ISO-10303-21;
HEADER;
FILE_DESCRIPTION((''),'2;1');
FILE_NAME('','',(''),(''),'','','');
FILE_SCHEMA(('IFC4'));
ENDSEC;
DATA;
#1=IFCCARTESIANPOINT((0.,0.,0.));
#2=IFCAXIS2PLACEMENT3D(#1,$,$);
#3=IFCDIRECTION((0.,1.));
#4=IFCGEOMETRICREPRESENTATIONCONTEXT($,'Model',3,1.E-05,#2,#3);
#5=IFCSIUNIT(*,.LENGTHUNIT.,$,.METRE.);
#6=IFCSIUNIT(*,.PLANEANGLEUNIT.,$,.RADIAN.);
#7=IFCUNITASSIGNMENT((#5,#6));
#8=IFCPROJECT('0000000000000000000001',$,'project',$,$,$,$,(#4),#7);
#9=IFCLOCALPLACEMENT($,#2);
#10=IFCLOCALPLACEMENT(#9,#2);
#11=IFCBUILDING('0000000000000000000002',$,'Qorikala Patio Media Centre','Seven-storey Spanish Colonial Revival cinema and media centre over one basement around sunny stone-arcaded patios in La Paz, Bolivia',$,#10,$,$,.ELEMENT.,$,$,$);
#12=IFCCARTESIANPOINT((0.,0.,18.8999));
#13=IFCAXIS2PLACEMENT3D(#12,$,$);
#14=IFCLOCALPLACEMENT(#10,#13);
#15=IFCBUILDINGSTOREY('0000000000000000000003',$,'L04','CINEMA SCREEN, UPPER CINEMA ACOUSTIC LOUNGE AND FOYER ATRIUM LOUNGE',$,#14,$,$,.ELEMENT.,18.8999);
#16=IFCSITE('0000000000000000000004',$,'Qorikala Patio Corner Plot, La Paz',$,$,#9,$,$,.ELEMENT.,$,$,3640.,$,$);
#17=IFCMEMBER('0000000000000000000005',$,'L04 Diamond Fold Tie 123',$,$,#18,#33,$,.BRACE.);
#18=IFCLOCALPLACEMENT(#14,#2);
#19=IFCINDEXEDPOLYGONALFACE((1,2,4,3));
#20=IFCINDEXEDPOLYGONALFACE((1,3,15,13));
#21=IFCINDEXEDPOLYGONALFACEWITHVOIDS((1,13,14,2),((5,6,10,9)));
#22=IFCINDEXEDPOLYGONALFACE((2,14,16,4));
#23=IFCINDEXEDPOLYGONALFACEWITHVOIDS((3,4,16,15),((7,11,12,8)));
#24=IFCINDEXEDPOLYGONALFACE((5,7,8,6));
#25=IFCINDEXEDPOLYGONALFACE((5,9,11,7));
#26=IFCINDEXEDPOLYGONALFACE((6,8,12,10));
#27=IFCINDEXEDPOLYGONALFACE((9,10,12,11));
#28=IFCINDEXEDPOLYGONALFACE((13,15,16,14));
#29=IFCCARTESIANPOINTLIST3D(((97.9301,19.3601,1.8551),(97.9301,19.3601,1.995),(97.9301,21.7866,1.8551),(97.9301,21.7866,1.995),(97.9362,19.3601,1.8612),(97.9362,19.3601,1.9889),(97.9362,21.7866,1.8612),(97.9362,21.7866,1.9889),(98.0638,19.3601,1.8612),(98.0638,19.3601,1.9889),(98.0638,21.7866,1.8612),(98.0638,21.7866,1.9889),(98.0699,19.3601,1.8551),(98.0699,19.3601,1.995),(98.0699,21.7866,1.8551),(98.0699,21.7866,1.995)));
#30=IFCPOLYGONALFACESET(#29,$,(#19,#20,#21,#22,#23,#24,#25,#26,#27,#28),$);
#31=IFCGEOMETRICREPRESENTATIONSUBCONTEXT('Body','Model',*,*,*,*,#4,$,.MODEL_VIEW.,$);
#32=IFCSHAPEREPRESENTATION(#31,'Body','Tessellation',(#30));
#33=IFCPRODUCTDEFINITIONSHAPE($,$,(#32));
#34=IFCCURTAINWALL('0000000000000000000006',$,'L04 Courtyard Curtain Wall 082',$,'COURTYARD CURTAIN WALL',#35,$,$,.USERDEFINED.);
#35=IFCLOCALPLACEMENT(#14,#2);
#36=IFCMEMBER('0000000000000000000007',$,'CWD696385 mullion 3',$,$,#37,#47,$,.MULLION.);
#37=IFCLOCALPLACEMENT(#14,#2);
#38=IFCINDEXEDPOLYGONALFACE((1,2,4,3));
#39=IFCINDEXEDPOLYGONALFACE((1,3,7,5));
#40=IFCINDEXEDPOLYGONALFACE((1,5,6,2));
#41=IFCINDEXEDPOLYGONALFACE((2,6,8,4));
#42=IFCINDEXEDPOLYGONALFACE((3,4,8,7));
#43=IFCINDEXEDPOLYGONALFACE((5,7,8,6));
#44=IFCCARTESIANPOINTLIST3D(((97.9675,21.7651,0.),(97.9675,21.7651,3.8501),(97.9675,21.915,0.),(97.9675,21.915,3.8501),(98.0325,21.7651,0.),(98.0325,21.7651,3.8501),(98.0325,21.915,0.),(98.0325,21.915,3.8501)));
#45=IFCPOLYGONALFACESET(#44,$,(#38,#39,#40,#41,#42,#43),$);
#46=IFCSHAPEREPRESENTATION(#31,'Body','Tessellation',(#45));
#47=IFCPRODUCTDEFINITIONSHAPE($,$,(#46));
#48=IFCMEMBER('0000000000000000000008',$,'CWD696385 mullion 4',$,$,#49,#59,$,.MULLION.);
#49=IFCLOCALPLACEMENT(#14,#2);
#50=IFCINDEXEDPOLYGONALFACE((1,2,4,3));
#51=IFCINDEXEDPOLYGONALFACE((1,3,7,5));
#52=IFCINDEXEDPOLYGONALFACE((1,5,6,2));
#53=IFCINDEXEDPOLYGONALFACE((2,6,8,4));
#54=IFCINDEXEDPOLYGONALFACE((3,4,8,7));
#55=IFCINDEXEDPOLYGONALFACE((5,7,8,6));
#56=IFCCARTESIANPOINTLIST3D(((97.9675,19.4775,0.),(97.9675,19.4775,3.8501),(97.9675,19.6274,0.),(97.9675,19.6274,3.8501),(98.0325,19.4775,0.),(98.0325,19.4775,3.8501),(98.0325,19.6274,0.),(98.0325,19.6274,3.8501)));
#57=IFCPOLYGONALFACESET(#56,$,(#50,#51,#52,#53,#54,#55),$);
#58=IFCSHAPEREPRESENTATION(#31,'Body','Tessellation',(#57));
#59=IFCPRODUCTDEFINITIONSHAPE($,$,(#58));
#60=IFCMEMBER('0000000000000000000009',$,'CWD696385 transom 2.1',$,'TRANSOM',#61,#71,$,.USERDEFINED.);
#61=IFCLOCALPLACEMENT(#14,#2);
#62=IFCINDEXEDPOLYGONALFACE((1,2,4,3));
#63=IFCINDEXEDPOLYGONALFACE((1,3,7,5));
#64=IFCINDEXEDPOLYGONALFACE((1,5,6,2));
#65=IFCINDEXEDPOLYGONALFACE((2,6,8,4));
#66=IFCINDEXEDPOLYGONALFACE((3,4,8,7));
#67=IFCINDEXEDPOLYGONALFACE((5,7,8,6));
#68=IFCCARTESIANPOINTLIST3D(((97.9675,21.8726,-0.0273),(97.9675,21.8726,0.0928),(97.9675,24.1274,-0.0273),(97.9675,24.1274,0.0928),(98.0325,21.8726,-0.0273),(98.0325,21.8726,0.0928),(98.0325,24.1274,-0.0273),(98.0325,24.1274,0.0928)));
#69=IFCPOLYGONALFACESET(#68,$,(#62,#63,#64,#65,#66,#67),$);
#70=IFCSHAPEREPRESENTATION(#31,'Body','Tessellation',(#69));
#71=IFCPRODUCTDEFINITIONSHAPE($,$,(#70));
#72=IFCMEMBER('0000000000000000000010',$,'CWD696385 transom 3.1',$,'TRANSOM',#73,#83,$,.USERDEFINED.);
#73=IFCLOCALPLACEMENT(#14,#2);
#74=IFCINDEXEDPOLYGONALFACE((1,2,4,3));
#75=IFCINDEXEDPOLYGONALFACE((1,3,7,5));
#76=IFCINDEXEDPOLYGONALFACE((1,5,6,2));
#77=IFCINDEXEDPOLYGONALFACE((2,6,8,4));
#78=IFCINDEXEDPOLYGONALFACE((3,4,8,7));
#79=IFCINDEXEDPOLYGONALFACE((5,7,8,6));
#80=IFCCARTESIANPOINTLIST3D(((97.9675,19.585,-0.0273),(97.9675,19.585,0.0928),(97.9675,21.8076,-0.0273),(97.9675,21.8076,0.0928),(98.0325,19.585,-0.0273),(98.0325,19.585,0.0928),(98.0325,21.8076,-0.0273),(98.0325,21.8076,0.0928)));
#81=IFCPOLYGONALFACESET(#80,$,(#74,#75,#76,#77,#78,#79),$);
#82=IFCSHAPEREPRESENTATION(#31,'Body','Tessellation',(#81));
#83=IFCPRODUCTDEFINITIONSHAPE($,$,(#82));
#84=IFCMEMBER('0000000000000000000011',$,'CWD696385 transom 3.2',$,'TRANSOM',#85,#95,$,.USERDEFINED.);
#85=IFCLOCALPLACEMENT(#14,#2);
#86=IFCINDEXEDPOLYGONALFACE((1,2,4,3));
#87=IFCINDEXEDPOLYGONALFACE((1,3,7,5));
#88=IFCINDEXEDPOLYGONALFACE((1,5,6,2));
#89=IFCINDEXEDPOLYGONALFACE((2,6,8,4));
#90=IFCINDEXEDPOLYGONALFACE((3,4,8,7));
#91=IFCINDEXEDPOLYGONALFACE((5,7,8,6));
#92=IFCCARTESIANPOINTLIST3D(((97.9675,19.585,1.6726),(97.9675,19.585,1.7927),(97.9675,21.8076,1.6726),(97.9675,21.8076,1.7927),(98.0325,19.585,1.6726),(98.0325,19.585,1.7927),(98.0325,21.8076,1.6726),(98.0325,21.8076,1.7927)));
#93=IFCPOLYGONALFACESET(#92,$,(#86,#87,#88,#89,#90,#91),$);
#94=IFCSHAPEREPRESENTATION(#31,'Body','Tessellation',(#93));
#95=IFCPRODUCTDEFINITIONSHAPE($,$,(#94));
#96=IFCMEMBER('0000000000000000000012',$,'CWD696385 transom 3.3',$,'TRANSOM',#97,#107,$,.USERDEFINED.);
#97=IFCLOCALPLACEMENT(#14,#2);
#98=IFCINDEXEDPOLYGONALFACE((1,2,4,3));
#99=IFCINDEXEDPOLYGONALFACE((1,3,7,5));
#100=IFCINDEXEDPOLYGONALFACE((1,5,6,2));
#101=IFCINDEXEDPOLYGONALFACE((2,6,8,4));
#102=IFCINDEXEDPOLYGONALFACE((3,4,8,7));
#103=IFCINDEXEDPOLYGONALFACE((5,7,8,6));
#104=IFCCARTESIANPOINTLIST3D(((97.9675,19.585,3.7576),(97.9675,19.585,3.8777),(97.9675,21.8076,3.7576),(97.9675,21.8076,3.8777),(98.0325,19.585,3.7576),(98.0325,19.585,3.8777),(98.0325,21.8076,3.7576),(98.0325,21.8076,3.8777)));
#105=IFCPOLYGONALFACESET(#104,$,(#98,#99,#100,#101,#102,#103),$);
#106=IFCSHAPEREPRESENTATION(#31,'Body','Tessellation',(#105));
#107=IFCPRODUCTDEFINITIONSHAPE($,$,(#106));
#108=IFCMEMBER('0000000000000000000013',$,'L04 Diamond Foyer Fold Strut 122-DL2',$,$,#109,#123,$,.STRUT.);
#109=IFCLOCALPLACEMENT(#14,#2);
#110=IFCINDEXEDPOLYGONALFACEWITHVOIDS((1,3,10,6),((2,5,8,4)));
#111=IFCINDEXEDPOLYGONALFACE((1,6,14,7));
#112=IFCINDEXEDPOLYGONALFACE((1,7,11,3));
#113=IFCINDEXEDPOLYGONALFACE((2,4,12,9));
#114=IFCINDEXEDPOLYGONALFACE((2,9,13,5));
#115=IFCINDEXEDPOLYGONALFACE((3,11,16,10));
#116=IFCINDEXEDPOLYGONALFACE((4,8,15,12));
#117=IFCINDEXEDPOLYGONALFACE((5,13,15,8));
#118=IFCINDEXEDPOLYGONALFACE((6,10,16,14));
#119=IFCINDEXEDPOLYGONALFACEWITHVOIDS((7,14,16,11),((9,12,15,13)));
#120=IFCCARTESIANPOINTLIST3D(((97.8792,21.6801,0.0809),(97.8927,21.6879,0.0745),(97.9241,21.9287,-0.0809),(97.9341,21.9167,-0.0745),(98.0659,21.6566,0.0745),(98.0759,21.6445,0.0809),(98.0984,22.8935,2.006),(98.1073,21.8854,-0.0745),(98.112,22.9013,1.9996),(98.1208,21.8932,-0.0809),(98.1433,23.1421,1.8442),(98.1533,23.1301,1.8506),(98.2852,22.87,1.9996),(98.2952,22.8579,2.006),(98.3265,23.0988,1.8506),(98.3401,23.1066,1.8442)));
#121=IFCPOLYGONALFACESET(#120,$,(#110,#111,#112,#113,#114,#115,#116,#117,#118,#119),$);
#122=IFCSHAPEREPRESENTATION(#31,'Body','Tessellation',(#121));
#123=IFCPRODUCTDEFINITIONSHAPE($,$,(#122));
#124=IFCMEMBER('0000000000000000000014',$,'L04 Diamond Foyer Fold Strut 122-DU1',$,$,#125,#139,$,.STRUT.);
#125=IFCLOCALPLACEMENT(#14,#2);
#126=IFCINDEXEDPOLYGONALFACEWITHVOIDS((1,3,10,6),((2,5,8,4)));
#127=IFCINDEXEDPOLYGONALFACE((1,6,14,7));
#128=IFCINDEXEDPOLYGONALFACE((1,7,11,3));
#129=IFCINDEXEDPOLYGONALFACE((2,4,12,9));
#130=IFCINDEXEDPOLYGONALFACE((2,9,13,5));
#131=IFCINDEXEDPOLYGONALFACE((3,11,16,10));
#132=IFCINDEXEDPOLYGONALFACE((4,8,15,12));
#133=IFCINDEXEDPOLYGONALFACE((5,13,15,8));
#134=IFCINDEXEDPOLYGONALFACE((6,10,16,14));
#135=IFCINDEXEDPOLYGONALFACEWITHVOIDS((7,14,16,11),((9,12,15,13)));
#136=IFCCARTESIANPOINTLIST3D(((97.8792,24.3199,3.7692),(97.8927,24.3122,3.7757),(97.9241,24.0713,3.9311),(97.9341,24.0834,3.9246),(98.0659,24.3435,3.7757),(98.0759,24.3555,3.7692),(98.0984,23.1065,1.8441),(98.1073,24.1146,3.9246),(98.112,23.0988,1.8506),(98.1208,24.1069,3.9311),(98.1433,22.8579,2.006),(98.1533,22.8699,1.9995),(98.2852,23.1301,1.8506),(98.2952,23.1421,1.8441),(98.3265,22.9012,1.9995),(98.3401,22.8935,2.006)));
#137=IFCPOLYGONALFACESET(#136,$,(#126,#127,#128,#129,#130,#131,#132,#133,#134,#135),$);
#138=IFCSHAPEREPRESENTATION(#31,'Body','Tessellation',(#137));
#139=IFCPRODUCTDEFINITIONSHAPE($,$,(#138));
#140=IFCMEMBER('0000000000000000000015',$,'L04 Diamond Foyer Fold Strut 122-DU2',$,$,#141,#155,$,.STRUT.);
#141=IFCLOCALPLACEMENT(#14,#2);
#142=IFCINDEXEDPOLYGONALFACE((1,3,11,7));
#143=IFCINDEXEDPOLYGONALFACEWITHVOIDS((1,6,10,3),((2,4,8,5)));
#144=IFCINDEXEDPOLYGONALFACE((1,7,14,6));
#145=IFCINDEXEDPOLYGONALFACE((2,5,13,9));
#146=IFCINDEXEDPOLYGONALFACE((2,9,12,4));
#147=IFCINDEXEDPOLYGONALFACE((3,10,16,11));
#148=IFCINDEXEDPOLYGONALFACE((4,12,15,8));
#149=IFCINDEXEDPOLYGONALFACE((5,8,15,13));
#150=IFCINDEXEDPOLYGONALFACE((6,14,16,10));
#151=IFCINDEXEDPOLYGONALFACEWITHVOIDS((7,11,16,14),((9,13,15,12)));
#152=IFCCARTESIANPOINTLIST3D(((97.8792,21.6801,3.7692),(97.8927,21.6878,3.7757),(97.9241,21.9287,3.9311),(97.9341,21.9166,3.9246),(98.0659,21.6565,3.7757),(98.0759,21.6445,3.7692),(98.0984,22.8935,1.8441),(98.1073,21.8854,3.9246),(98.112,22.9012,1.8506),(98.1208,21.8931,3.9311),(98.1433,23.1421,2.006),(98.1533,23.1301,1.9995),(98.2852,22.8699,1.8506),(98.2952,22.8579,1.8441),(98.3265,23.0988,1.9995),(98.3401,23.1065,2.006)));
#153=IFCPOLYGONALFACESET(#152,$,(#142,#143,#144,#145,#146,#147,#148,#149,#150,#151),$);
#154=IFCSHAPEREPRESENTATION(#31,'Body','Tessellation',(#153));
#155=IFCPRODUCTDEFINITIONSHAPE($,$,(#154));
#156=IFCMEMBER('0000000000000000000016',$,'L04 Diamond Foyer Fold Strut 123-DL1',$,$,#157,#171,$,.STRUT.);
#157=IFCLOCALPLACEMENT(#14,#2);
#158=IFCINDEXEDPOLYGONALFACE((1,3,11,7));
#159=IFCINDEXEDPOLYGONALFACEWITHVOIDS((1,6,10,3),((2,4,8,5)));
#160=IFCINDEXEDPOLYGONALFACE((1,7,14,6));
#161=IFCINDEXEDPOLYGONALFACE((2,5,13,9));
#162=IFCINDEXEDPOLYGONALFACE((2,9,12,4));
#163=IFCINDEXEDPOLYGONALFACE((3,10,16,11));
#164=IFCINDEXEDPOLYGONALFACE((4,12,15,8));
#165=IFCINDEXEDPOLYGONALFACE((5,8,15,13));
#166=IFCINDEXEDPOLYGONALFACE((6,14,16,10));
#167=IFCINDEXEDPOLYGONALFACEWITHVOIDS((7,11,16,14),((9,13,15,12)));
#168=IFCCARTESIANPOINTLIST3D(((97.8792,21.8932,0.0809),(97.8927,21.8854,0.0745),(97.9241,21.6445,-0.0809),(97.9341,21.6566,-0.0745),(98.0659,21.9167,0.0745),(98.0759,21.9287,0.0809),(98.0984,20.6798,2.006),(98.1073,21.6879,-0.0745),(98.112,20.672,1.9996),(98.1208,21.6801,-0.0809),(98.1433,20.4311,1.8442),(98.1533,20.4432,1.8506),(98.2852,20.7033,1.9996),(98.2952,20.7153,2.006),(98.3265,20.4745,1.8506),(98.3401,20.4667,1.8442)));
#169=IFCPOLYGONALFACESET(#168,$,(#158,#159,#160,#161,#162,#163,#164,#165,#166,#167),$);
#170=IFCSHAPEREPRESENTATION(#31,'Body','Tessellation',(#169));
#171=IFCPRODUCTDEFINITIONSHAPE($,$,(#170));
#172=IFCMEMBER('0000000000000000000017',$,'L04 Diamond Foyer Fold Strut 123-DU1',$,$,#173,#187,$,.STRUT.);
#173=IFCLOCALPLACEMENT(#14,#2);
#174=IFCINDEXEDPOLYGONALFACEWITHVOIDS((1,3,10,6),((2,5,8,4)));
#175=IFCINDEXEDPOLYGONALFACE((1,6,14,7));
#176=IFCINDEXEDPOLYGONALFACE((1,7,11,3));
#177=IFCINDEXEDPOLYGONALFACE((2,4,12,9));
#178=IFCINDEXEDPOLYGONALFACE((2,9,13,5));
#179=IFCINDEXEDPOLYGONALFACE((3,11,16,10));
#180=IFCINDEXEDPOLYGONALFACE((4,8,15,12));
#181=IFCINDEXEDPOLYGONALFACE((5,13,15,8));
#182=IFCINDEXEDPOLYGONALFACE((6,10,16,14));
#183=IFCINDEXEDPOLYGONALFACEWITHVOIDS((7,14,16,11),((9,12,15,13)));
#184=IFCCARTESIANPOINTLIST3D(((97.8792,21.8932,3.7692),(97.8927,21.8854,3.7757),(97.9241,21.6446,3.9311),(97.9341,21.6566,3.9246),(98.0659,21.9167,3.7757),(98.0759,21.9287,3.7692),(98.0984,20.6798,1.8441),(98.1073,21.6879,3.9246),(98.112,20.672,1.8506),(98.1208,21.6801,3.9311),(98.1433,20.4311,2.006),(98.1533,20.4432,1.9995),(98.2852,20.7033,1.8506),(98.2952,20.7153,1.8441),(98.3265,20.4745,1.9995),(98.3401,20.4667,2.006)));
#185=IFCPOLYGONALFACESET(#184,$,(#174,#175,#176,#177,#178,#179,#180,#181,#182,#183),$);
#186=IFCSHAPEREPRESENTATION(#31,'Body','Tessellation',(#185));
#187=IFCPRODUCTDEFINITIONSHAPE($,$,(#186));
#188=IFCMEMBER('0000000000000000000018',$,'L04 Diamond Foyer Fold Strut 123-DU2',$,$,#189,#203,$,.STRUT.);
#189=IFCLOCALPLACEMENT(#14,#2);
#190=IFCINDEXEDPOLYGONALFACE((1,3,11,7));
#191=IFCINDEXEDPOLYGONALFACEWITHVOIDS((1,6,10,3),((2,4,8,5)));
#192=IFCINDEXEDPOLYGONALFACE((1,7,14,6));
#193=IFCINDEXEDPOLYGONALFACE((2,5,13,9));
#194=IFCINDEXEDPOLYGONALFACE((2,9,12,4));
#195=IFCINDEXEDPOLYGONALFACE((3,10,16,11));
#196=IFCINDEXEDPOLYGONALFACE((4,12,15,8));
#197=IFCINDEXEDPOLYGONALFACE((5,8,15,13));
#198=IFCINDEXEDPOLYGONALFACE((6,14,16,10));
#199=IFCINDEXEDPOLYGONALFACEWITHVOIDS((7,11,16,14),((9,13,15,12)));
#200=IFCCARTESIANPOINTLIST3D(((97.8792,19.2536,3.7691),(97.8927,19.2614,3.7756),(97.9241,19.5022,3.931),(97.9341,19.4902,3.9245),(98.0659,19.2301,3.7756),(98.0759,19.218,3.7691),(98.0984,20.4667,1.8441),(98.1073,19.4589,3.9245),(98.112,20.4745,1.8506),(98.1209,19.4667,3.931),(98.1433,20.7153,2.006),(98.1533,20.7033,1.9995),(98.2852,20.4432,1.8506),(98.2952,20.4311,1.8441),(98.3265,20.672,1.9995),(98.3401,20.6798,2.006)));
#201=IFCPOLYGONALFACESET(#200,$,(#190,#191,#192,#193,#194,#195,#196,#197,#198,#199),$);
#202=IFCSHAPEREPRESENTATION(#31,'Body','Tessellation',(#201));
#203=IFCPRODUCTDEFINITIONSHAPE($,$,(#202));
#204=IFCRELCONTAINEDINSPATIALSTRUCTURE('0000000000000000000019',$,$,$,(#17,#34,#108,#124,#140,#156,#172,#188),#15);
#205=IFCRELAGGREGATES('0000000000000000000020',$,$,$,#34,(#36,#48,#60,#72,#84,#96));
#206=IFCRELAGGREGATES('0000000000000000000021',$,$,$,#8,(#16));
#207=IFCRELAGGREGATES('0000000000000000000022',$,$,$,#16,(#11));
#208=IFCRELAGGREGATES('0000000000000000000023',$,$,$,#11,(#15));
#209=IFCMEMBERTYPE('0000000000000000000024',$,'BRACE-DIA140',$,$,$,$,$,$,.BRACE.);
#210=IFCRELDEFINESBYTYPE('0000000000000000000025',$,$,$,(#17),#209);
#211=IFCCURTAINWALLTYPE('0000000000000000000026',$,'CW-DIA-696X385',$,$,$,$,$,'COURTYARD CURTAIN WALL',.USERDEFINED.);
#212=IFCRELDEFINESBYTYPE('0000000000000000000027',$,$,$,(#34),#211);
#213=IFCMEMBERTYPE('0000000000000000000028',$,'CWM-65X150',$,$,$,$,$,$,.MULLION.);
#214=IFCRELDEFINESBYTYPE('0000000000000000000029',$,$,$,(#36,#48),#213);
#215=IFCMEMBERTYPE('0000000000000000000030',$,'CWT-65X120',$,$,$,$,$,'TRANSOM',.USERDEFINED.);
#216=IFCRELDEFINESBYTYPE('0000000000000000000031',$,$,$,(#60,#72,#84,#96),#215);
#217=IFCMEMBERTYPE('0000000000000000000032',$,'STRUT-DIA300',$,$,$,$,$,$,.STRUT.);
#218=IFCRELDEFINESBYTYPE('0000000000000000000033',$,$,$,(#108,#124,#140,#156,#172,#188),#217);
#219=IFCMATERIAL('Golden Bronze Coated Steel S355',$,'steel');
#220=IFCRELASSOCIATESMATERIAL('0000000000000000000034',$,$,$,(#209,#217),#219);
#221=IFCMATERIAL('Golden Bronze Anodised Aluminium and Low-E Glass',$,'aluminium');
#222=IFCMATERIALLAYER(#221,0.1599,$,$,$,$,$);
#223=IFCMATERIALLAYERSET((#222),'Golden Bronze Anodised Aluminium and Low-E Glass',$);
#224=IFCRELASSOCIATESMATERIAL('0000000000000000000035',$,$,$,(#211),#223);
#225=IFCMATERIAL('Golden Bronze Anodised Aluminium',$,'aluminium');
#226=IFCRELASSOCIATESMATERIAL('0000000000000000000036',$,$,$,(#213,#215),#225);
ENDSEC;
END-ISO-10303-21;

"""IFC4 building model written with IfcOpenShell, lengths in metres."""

from ifc_helpers import new_model, si_unit, direction, frame, origin, origin_2d, place, context, subcontext, project, spatial, rectangle, hollow_rectangle, extrude, material, layer, layer_set, material_profile, profile_set, type_object, element, aggregate, save


model = new_model("IFC4")

# Units and contexts
model_context = context("Model", 3, precision=1e-05, world=origin(), true_north=direction((0.0, 1.0)))
body_context = subcontext(model_context, "Body", "Model", "MODEL_VIEW")
ifc_project = project(units=[si_unit("LENGTHUNIT", "METRE"), si_unit("PLANEANGLEUNIT", "RADIAN")], contexts=[model_context])

# Site, building, storey
site_placement = place(None, origin())
site = spatial("IfcSite", under=ifc_project, at=site_placement, Name="Qorikala Patio Corner Plot, La Paz", CompositionType="ELEMENT", RefElevation=3640.0)
building_placement = place(site_placement, origin())
building = spatial("IfcBuilding", under=site, at=building_placement, Name="Qorikala Patio Media Centre", Description="Seven-storey Spanish Colonial Revival cinema and media centre over one basement around sunny stone-arcaded patios in La Paz, Bolivia", CompositionType="ELEMENT")
storey_placement = place(building_placement, frame((0.0, 0.0, 18.8999)))
storey = spatial("IfcBuildingStorey", under=building, at=storey_placement, Name="L04", Description="CINEMA SCREEN, UPPER CINEMA ACOUSTIC LOUNGE AND FOYER ATRIUM LOUNGE", CompositionType="ELEMENT", Elevation=18.8999)

# Member
ifc_material_1 = material(Name="Golden Bronze Coated Steel S355", Category="steel")
ifc_material_profile_1 = material_profile(ifc_material_1, hollow_rectangle(XDim=0.1399, YDim=0.1399, WallThickness=0.0061, at=origin_2d()), Name="HSS140X140X6")
ifc_profile_set_1 = profile_set([ifc_material_profile_1], Name="Golden Bronze Coated Steel S355")
member_type_1 = type_object("IfcMemberType", Name="BRACE-DIA140", PredefinedType="BRACE", material=ifc_profile_set_1)
member_1_placement = place(storey_placement, frame((98.0, 21.7866, 1.925), z_axis=(0.0, -1.0, 0.0), x_axis=(1.0, 0.0, 0.0)))
element("IfcMember", 1, at=member_1_placement, inside=storey, type_object=member_type_1, Name="L04 Diamond Fold Tie 123", PredefinedType="BRACE", context=body_context, shape_type="SweptSolid", body=[
    extrude(hollow_rectangle(XDim=0.1399, YDim=0.1399, WallThickness=0.0061, at=origin_2d()), origin(), (0.0, 0.0, 1.0), 2.4265),
])

# Curtain wall, members
ifc_material_2 = material(Name="Golden Bronze Anodised Aluminium and Low-E Glass", Category="aluminium")
ifc_layer_1 = layer(ifc_material_2, 0.1599)
ifc_layer_set_1 = layer_set([ifc_layer_1], Name="Golden Bronze Anodised Aluminium and Low-E Glass")
curtain_wall_type = type_object("IfcCurtainWallType", Name="CW-DIA-696X385", ElementType="COURTYARD CURTAIN WALL", PredefinedType="USERDEFINED", material=ifc_layer_set_1)
curtain_wall_placement = place(storey_placement, origin())
curtain_wall = element("IfcCurtainWall", 2, at=curtain_wall_placement, inside=storey, type_object=curtain_wall_type, Name="L04 Courtyard Curtain Wall 082", ObjectType="COURTYARD CURTAIN WALL", PredefinedType="USERDEFINED")
ifc_material_3 = material(Name="Golden Bronze Anodised Aluminium", Category="aluminium")
ifc_material_profile_2 = material_profile(ifc_material_3, rectangle(XDim=0.0649, YDim=0.1499, at=origin_2d()), Name="ALU MULLION 65x150")
ifc_profile_set_2 = profile_set([ifc_material_profile_2], Name="Golden Bronze Anodised Aluminium")
member_type_2 = type_object("IfcMemberType", Name="CWM-65X150", PredefinedType="MULLION", material=ifc_profile_set_2)
member_2_placement = place(storey_placement, frame((98.0, 21.8401, 0.0), z_axis=(0.0, 0.0, 1.0), x_axis=(1.0, 0.0, 0.0)))
member_2 = element("IfcMember", 3, at=member_2_placement, type_object=member_type_2, Name="CWD696385 mullion 3", PredefinedType="MULLION", context=body_context, shape_type="SweptSolid", body=[
    extrude(rectangle(XDim=0.0649, YDim=0.1499, at=origin_2d()), origin(), (0.0, 0.0, 1.0), 3.8501),
])
member_3_placement = place(storey_placement, frame((98.0, 19.5525, 0.0), z_axis=(0.0, 0.0, 1.0), x_axis=(1.0, 0.0, 0.0)))
member_3 = element("IfcMember", 4, at=member_3_placement, type_object=member_type_2, Name="CWD696385 mullion 4", PredefinedType="MULLION", context=body_context, shape_type="SweptSolid", body=[
    extrude(rectangle(XDim=0.0649, YDim=0.1499, at=origin_2d()), origin(), (0.0, 0.0, 1.0), 3.8501),
])
ifc_material_profile_3 = material_profile(ifc_material_3, rectangle(XDim=0.0649, YDim=0.1201, at=origin_2d()), Name="ALU TRANSOM 65x120")
ifc_profile_set_3 = profile_set([ifc_material_profile_3], Name="Golden Bronze Anodised Aluminium")
member_type_3 = type_object("IfcMemberType", Name="CWT-65X120", ElementType="TRANSOM", PredefinedType="USERDEFINED", material=ifc_profile_set_3)
member_4_placement = place(storey_placement, frame((98.0, 24.1274, 0.0327), z_axis=(0.0, -1.0, 0.0), x_axis=(1.0, 0.0, 0.0)))
member_4 = element("IfcMember", 5, at=member_4_placement, type_object=member_type_3, Name="CWD696385 transom 2.1", ObjectType="TRANSOM", PredefinedType="USERDEFINED", context=body_context, shape_type="SweptSolid", body=[
    extrude(rectangle(XDim=0.0649, YDim=0.1201, at=origin_2d()), origin(), (0.0, 0.0, 1.0), 2.2549),
])
member_5_placement = place(storey_placement, frame((98.0, 21.8076, 0.0327), z_axis=(0.0, -1.0, 0.0), x_axis=(1.0, 0.0, 0.0)))
member_5 = element("IfcMember", 6, at=member_5_placement, type_object=member_type_3, Name="CWD696385 transom 3.1", ObjectType="TRANSOM", PredefinedType="USERDEFINED", context=body_context, shape_type="SweptSolid", body=[
    extrude(rectangle(XDim=0.0649, YDim=0.1201, at=origin_2d()), origin(), (0.0, 0.0, 1.0), 2.2227),
])
member_6_placement = place(storey_placement, frame((98.0, 21.8076, 1.7327), z_axis=(0.0, -1.0, 0.0), x_axis=(1.0, 0.0, 0.0)))
member_6 = element("IfcMember", 7, at=member_6_placement, type_object=member_type_3, Name="CWD696385 transom 3.2", ObjectType="TRANSOM", PredefinedType="USERDEFINED", context=body_context, shape_type="SweptSolid", body=[
    extrude(rectangle(XDim=0.0649, YDim=0.1201, at=origin_2d()), origin(), (0.0, 0.0, 1.0), 2.2227),
])
member_7_placement = place(storey_placement, frame((98.0, 21.8076, 3.8176), z_axis=(0.0, -1.0, 0.0), x_axis=(1.0, 0.0, 0.0)))
member_7 = element("IfcMember", 8, at=member_7_placement, type_object=member_type_3, Name="CWD696385 transom 3.3", ObjectType="TRANSOM", PredefinedType="USERDEFINED", context=body_context, shape_type="SweptSolid", body=[
    extrude(rectangle(XDim=0.0649, YDim=0.1201, at=origin_2d()), origin(), (0.0, 0.0, 1.0), 2.2227),
])

# Members
ifc_material_profile_4 = material_profile(ifc_material_1, hollow_rectangle(XDim=0.2, YDim=0.3, WallThickness=0.012, at=origin_2d()), Name="HSS300X200X12")
ifc_profile_set_4 = profile_set([ifc_material_profile_4], Name="Golden Bronze Coated Steel S355")
member_type_4 = type_object("IfcMemberType", Name="STRUT-DIA300", PredefinedType="STRUT", material=ifc_profile_set_4)
for number, where, z_axis, x_axis, name in (
    (9, (98.0, 21.7866, 0.0), (0.095901, 0.530768, 0.842074), (-0.984066, 0.177805, 0.0), "L04 Diamond Foyer Fold Strut 122-DL2"),
    (10, (98.2192, 23.0, 1.925), (-0.095901, 0.530768, 0.842074), (-0.984066, -0.177805, 0.0), "L04 Diamond Foyer Fold Strut 122-DU1"),
    (11, (98.2192, 23.0, 1.925), (-0.095901, -0.530768, 0.842074), (0.984066, -0.177805, 0.0), "L04 Diamond Foyer Fold Strut 122-DU2"),
    (12, (98.0, 21.7866, 0.0), (0.095901, -0.530768, 0.842074), (0.984066, 0.177805, 0.0), "L04 Diamond Foyer Fold Strut 123-DL1"),
    (13, (98.2192, 20.5732, 1.925), (-0.095901, 0.530768, 0.842074), (-0.984066, -0.177805, 0.0), "L04 Diamond Foyer Fold Strut 123-DU1"),
):
    element("IfcMember", number, at=place(storey_placement, frame(where, z_axis=z_axis, x_axis=x_axis)), inside=storey, type_object=member_type_4, Name=name, PredefinedType="STRUT", context=body_context, shape_type="SweptSolid", body=[
        extrude(hollow_rectangle(XDim=0.2, YDim=0.3, WallThickness=0.012, at=origin_2d()), origin(), (0.0, 0.0, 1.0), 2.2861),
    ])
for number, where, z_axis, x_axis, name in (
    (14, (98.2192, 20.5732, 1.925), (-0.095907, -0.530691, 0.842121), (0.984059, -0.17784, 0.0), "L04 Diamond Foyer Fold Strut 123-DU2"),
):
    element("IfcMember", number, at=place(storey_placement, frame(where, z_axis=z_axis, x_axis=x_axis)), inside=storey, type_object=member_type_4, Name=name, PredefinedType="STRUT", context=body_context, shape_type="SweptSolid", body=[
        extrude(hollow_rectangle(XDim=0.2, YDim=0.3, WallThickness=0.012, at=origin_2d()), origin(), (0.0, 0.0, 1.0), 2.2859),
    ])

aggregate(curtain_wall, [member_2, member_3, member_4, member_5, member_6, member_7])

save(model, "model.ifc")
